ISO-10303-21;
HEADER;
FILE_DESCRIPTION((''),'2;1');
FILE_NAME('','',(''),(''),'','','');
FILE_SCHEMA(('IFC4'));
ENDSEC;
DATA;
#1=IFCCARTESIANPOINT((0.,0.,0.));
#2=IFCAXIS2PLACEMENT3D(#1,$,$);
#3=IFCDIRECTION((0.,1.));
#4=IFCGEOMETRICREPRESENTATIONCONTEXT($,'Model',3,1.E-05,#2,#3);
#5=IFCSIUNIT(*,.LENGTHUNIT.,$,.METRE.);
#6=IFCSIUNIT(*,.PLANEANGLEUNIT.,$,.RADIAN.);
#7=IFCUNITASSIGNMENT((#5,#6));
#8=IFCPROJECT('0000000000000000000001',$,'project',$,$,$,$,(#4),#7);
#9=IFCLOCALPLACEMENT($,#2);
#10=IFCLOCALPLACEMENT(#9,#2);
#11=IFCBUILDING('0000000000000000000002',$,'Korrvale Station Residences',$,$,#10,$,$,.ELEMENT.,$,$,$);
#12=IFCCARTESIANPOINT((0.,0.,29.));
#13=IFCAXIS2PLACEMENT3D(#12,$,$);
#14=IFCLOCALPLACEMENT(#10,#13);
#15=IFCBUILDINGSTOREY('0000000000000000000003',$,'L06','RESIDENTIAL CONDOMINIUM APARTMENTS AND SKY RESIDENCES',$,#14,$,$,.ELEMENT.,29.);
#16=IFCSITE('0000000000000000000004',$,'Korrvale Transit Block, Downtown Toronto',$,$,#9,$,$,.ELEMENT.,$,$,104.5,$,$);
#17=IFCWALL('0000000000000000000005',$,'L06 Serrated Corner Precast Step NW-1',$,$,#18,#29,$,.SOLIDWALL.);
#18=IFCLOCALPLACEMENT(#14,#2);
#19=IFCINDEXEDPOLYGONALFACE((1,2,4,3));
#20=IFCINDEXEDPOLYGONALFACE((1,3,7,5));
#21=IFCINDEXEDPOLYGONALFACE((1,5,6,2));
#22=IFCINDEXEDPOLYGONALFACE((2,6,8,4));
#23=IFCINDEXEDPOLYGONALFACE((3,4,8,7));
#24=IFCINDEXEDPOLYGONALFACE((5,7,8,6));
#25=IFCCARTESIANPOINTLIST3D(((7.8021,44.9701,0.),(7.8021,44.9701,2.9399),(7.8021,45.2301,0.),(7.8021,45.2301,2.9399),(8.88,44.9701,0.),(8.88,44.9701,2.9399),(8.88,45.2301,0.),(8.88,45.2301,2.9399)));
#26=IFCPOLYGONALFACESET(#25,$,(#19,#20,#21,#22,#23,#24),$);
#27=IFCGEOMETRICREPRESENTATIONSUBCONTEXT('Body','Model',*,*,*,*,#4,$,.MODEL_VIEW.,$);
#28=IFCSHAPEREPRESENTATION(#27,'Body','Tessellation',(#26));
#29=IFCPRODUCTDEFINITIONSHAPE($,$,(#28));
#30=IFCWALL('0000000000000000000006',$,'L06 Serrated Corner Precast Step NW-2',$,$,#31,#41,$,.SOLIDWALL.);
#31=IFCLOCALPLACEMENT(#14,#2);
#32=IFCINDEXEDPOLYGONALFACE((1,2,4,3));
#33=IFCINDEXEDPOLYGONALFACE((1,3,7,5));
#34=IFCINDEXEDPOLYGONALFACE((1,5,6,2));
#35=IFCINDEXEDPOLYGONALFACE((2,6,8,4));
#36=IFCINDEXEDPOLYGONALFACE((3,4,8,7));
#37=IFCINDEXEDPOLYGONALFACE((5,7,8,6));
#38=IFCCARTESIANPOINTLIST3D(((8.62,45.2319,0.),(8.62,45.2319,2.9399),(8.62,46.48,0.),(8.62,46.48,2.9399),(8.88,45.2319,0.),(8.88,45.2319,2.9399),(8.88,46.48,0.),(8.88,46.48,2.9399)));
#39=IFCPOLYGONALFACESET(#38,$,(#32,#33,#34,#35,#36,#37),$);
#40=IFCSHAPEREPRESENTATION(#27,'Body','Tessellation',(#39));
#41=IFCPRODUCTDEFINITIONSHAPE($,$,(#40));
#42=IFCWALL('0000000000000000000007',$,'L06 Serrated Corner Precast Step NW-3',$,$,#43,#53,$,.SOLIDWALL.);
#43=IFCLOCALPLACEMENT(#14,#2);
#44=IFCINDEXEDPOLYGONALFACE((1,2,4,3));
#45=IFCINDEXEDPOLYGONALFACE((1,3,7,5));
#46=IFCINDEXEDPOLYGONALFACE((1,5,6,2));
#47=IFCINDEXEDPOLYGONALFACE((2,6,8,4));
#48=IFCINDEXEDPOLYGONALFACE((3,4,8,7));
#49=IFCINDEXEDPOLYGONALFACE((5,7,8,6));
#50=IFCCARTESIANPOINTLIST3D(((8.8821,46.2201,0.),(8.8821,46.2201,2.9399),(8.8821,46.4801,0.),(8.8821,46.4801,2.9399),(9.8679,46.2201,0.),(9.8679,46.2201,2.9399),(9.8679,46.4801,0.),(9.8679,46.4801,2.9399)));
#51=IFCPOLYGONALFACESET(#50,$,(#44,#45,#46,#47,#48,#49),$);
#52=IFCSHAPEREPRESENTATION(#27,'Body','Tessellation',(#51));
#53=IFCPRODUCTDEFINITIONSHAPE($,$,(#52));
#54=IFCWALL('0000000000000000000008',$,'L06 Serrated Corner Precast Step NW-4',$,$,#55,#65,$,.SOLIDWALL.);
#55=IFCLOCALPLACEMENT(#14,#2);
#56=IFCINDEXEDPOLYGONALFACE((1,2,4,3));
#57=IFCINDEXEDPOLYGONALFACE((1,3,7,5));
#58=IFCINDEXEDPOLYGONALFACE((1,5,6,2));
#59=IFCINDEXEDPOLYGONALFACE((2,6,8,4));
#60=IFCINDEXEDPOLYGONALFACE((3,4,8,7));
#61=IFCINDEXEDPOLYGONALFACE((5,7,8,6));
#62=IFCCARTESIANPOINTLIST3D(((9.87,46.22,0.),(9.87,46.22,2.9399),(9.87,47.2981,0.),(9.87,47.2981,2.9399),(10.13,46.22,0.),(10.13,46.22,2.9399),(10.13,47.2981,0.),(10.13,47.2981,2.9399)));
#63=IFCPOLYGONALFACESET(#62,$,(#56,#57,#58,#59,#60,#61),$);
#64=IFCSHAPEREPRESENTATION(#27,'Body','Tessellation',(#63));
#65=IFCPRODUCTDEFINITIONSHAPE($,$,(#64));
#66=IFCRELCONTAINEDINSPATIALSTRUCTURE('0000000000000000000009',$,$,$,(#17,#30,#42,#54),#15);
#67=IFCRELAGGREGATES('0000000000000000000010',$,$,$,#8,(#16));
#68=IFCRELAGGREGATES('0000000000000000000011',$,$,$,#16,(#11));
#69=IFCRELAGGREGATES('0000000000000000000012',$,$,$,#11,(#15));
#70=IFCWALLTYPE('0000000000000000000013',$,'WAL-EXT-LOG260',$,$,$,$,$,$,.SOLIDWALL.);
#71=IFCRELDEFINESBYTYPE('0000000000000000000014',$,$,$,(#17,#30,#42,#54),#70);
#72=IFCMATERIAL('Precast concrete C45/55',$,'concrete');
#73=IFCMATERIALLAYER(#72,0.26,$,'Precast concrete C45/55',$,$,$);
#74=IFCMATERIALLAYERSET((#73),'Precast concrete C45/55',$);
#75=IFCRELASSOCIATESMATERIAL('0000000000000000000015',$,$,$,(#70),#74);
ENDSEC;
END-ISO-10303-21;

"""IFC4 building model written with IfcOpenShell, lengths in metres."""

from ifc_helpers import new_model, si_unit, direction, frame, frame_2d, origin, place, context, subcontext, project, spatial, rectangle, extrude, material, layer, layer_set, type_object, element, save


model = new_model("IFC4")

# Units and contexts
model_context = context("Model", 3, precision=1e-05, world=origin(), true_north=direction((0.0, 1.0)))
body_context = subcontext(model_context, "Body", "Model", "MODEL_VIEW")
ifc_project = project(units=[si_unit("LENGTHUNIT", "METRE"), si_unit("PLANEANGLEUNIT", "RADIAN")], contexts=[model_context])

# Site, building, storey
site_placement = place(None, origin())
site = spatial("IfcSite", under=ifc_project, at=site_placement, Name="Korrvale Transit Block, Downtown Toronto", CompositionType="ELEMENT", RefElevation=104.5)
building_placement = place(site_placement, origin())
building = spatial("IfcBuilding", under=site, at=building_placement, Name="Korrvale Station Residences", CompositionType="ELEMENT")
storey_placement = place(building_placement, frame((0.0, 0.0, 29.0)))
storey = spatial("IfcBuildingStorey", under=building, at=storey_placement, Name="L06", Description="RESIDENTIAL CONDOMINIUM APARTMENTS AND SKY RESIDENCES", CompositionType="ELEMENT", Elevation=29.0)

# Walls
ifc_material_1 = material(Name="Precast concrete C45/55", Category="concrete")
ifc_layer_1 = layer(ifc_material_1, 0.26, Name="Precast concrete C45/55")
ifc_layer_set_1 = layer_set([ifc_layer_1], Name="Precast concrete C45/55")
wall_type_1 = type_object("IfcWallType", Name="WAL-EXT-LOG260", PredefinedType="SOLIDWALL", material=ifc_layer_set_1)
wall_1_placement = place(storey_placement, frame((7.802, 45.1001, 0.0), z_axis=(0.0, 0.0, 1.0), x_axis=(1.0, 0.0, 0.0)))
element("IfcWall", 1, at=wall_1_placement, inside=storey, type_object=wall_type_1, Name="L06 Serrated Corner Precast Step NW-1", PredefinedType="SOLIDWALL", context=body_context, shape_type="SweptSolid", body=[
    extrude(rectangle(XDim=1.0779, YDim=0.26, at=frame_2d((0.5391, 0.0))), origin(), (0.0, 0.0, 1.0), 2.9399),
])
wall_2_placement = place(storey_placement, frame((8.75, 45.2319, 0.0), z_axis=(0.0, 0.0, 1.0), x_axis=(0.0, 1.0, 0.0)))
element("IfcWall", 2, at=wall_2_placement, inside=storey, type_object=wall_type_1, Name="L06 Serrated Corner Precast Step NW-2", PredefinedType="SOLIDWALL", context=body_context, shape_type="SweptSolid", body=[
    extrude(rectangle(XDim=1.248, YDim=0.26, at=frame_2d((0.624, 0.0))), origin(), (0.0, 0.0, 1.0), 2.9399),
])
wall_3_placement = place(storey_placement, frame((8.8821, 46.3501, 0.0), z_axis=(0.0, 0.0, 1.0), x_axis=(1.0, 0.0, 0.0)))
element("IfcWall", 3, at=wall_3_placement, inside=storey, type_object=wall_type_1, Name="L06 Serrated Corner Precast Step NW-3", PredefinedType="SOLIDWALL", context=body_context, shape_type="SweptSolid", body=[
    extrude(rectangle(XDim=0.9858, YDim=0.26, at=frame_2d((0.4929, 0.0))), origin(), (0.0, 0.0, 1.0), 2.9399),
])
wall_4_placement = place(storey_placement, frame((10.0, 46.22, 0.0), z_axis=(0.0, 0.0, 1.0), x_axis=(0.0, 1.0, 0.0)))
element("IfcWall", 4, at=wall_4_placement, inside=storey, type_object=wall_type_1, Name="L06 Serrated Corner Precast Step NW-4", PredefinedType="SOLIDWALL", context=body_context, shape_type="SweptSolid", body=[
    extrude(rectangle(XDim=1.0781, YDim=0.26, at=frame_2d((0.5391, 0.0))), origin(), (0.0, 0.0, 1.0), 2.9399),
])

save(model, "model.ifc")
